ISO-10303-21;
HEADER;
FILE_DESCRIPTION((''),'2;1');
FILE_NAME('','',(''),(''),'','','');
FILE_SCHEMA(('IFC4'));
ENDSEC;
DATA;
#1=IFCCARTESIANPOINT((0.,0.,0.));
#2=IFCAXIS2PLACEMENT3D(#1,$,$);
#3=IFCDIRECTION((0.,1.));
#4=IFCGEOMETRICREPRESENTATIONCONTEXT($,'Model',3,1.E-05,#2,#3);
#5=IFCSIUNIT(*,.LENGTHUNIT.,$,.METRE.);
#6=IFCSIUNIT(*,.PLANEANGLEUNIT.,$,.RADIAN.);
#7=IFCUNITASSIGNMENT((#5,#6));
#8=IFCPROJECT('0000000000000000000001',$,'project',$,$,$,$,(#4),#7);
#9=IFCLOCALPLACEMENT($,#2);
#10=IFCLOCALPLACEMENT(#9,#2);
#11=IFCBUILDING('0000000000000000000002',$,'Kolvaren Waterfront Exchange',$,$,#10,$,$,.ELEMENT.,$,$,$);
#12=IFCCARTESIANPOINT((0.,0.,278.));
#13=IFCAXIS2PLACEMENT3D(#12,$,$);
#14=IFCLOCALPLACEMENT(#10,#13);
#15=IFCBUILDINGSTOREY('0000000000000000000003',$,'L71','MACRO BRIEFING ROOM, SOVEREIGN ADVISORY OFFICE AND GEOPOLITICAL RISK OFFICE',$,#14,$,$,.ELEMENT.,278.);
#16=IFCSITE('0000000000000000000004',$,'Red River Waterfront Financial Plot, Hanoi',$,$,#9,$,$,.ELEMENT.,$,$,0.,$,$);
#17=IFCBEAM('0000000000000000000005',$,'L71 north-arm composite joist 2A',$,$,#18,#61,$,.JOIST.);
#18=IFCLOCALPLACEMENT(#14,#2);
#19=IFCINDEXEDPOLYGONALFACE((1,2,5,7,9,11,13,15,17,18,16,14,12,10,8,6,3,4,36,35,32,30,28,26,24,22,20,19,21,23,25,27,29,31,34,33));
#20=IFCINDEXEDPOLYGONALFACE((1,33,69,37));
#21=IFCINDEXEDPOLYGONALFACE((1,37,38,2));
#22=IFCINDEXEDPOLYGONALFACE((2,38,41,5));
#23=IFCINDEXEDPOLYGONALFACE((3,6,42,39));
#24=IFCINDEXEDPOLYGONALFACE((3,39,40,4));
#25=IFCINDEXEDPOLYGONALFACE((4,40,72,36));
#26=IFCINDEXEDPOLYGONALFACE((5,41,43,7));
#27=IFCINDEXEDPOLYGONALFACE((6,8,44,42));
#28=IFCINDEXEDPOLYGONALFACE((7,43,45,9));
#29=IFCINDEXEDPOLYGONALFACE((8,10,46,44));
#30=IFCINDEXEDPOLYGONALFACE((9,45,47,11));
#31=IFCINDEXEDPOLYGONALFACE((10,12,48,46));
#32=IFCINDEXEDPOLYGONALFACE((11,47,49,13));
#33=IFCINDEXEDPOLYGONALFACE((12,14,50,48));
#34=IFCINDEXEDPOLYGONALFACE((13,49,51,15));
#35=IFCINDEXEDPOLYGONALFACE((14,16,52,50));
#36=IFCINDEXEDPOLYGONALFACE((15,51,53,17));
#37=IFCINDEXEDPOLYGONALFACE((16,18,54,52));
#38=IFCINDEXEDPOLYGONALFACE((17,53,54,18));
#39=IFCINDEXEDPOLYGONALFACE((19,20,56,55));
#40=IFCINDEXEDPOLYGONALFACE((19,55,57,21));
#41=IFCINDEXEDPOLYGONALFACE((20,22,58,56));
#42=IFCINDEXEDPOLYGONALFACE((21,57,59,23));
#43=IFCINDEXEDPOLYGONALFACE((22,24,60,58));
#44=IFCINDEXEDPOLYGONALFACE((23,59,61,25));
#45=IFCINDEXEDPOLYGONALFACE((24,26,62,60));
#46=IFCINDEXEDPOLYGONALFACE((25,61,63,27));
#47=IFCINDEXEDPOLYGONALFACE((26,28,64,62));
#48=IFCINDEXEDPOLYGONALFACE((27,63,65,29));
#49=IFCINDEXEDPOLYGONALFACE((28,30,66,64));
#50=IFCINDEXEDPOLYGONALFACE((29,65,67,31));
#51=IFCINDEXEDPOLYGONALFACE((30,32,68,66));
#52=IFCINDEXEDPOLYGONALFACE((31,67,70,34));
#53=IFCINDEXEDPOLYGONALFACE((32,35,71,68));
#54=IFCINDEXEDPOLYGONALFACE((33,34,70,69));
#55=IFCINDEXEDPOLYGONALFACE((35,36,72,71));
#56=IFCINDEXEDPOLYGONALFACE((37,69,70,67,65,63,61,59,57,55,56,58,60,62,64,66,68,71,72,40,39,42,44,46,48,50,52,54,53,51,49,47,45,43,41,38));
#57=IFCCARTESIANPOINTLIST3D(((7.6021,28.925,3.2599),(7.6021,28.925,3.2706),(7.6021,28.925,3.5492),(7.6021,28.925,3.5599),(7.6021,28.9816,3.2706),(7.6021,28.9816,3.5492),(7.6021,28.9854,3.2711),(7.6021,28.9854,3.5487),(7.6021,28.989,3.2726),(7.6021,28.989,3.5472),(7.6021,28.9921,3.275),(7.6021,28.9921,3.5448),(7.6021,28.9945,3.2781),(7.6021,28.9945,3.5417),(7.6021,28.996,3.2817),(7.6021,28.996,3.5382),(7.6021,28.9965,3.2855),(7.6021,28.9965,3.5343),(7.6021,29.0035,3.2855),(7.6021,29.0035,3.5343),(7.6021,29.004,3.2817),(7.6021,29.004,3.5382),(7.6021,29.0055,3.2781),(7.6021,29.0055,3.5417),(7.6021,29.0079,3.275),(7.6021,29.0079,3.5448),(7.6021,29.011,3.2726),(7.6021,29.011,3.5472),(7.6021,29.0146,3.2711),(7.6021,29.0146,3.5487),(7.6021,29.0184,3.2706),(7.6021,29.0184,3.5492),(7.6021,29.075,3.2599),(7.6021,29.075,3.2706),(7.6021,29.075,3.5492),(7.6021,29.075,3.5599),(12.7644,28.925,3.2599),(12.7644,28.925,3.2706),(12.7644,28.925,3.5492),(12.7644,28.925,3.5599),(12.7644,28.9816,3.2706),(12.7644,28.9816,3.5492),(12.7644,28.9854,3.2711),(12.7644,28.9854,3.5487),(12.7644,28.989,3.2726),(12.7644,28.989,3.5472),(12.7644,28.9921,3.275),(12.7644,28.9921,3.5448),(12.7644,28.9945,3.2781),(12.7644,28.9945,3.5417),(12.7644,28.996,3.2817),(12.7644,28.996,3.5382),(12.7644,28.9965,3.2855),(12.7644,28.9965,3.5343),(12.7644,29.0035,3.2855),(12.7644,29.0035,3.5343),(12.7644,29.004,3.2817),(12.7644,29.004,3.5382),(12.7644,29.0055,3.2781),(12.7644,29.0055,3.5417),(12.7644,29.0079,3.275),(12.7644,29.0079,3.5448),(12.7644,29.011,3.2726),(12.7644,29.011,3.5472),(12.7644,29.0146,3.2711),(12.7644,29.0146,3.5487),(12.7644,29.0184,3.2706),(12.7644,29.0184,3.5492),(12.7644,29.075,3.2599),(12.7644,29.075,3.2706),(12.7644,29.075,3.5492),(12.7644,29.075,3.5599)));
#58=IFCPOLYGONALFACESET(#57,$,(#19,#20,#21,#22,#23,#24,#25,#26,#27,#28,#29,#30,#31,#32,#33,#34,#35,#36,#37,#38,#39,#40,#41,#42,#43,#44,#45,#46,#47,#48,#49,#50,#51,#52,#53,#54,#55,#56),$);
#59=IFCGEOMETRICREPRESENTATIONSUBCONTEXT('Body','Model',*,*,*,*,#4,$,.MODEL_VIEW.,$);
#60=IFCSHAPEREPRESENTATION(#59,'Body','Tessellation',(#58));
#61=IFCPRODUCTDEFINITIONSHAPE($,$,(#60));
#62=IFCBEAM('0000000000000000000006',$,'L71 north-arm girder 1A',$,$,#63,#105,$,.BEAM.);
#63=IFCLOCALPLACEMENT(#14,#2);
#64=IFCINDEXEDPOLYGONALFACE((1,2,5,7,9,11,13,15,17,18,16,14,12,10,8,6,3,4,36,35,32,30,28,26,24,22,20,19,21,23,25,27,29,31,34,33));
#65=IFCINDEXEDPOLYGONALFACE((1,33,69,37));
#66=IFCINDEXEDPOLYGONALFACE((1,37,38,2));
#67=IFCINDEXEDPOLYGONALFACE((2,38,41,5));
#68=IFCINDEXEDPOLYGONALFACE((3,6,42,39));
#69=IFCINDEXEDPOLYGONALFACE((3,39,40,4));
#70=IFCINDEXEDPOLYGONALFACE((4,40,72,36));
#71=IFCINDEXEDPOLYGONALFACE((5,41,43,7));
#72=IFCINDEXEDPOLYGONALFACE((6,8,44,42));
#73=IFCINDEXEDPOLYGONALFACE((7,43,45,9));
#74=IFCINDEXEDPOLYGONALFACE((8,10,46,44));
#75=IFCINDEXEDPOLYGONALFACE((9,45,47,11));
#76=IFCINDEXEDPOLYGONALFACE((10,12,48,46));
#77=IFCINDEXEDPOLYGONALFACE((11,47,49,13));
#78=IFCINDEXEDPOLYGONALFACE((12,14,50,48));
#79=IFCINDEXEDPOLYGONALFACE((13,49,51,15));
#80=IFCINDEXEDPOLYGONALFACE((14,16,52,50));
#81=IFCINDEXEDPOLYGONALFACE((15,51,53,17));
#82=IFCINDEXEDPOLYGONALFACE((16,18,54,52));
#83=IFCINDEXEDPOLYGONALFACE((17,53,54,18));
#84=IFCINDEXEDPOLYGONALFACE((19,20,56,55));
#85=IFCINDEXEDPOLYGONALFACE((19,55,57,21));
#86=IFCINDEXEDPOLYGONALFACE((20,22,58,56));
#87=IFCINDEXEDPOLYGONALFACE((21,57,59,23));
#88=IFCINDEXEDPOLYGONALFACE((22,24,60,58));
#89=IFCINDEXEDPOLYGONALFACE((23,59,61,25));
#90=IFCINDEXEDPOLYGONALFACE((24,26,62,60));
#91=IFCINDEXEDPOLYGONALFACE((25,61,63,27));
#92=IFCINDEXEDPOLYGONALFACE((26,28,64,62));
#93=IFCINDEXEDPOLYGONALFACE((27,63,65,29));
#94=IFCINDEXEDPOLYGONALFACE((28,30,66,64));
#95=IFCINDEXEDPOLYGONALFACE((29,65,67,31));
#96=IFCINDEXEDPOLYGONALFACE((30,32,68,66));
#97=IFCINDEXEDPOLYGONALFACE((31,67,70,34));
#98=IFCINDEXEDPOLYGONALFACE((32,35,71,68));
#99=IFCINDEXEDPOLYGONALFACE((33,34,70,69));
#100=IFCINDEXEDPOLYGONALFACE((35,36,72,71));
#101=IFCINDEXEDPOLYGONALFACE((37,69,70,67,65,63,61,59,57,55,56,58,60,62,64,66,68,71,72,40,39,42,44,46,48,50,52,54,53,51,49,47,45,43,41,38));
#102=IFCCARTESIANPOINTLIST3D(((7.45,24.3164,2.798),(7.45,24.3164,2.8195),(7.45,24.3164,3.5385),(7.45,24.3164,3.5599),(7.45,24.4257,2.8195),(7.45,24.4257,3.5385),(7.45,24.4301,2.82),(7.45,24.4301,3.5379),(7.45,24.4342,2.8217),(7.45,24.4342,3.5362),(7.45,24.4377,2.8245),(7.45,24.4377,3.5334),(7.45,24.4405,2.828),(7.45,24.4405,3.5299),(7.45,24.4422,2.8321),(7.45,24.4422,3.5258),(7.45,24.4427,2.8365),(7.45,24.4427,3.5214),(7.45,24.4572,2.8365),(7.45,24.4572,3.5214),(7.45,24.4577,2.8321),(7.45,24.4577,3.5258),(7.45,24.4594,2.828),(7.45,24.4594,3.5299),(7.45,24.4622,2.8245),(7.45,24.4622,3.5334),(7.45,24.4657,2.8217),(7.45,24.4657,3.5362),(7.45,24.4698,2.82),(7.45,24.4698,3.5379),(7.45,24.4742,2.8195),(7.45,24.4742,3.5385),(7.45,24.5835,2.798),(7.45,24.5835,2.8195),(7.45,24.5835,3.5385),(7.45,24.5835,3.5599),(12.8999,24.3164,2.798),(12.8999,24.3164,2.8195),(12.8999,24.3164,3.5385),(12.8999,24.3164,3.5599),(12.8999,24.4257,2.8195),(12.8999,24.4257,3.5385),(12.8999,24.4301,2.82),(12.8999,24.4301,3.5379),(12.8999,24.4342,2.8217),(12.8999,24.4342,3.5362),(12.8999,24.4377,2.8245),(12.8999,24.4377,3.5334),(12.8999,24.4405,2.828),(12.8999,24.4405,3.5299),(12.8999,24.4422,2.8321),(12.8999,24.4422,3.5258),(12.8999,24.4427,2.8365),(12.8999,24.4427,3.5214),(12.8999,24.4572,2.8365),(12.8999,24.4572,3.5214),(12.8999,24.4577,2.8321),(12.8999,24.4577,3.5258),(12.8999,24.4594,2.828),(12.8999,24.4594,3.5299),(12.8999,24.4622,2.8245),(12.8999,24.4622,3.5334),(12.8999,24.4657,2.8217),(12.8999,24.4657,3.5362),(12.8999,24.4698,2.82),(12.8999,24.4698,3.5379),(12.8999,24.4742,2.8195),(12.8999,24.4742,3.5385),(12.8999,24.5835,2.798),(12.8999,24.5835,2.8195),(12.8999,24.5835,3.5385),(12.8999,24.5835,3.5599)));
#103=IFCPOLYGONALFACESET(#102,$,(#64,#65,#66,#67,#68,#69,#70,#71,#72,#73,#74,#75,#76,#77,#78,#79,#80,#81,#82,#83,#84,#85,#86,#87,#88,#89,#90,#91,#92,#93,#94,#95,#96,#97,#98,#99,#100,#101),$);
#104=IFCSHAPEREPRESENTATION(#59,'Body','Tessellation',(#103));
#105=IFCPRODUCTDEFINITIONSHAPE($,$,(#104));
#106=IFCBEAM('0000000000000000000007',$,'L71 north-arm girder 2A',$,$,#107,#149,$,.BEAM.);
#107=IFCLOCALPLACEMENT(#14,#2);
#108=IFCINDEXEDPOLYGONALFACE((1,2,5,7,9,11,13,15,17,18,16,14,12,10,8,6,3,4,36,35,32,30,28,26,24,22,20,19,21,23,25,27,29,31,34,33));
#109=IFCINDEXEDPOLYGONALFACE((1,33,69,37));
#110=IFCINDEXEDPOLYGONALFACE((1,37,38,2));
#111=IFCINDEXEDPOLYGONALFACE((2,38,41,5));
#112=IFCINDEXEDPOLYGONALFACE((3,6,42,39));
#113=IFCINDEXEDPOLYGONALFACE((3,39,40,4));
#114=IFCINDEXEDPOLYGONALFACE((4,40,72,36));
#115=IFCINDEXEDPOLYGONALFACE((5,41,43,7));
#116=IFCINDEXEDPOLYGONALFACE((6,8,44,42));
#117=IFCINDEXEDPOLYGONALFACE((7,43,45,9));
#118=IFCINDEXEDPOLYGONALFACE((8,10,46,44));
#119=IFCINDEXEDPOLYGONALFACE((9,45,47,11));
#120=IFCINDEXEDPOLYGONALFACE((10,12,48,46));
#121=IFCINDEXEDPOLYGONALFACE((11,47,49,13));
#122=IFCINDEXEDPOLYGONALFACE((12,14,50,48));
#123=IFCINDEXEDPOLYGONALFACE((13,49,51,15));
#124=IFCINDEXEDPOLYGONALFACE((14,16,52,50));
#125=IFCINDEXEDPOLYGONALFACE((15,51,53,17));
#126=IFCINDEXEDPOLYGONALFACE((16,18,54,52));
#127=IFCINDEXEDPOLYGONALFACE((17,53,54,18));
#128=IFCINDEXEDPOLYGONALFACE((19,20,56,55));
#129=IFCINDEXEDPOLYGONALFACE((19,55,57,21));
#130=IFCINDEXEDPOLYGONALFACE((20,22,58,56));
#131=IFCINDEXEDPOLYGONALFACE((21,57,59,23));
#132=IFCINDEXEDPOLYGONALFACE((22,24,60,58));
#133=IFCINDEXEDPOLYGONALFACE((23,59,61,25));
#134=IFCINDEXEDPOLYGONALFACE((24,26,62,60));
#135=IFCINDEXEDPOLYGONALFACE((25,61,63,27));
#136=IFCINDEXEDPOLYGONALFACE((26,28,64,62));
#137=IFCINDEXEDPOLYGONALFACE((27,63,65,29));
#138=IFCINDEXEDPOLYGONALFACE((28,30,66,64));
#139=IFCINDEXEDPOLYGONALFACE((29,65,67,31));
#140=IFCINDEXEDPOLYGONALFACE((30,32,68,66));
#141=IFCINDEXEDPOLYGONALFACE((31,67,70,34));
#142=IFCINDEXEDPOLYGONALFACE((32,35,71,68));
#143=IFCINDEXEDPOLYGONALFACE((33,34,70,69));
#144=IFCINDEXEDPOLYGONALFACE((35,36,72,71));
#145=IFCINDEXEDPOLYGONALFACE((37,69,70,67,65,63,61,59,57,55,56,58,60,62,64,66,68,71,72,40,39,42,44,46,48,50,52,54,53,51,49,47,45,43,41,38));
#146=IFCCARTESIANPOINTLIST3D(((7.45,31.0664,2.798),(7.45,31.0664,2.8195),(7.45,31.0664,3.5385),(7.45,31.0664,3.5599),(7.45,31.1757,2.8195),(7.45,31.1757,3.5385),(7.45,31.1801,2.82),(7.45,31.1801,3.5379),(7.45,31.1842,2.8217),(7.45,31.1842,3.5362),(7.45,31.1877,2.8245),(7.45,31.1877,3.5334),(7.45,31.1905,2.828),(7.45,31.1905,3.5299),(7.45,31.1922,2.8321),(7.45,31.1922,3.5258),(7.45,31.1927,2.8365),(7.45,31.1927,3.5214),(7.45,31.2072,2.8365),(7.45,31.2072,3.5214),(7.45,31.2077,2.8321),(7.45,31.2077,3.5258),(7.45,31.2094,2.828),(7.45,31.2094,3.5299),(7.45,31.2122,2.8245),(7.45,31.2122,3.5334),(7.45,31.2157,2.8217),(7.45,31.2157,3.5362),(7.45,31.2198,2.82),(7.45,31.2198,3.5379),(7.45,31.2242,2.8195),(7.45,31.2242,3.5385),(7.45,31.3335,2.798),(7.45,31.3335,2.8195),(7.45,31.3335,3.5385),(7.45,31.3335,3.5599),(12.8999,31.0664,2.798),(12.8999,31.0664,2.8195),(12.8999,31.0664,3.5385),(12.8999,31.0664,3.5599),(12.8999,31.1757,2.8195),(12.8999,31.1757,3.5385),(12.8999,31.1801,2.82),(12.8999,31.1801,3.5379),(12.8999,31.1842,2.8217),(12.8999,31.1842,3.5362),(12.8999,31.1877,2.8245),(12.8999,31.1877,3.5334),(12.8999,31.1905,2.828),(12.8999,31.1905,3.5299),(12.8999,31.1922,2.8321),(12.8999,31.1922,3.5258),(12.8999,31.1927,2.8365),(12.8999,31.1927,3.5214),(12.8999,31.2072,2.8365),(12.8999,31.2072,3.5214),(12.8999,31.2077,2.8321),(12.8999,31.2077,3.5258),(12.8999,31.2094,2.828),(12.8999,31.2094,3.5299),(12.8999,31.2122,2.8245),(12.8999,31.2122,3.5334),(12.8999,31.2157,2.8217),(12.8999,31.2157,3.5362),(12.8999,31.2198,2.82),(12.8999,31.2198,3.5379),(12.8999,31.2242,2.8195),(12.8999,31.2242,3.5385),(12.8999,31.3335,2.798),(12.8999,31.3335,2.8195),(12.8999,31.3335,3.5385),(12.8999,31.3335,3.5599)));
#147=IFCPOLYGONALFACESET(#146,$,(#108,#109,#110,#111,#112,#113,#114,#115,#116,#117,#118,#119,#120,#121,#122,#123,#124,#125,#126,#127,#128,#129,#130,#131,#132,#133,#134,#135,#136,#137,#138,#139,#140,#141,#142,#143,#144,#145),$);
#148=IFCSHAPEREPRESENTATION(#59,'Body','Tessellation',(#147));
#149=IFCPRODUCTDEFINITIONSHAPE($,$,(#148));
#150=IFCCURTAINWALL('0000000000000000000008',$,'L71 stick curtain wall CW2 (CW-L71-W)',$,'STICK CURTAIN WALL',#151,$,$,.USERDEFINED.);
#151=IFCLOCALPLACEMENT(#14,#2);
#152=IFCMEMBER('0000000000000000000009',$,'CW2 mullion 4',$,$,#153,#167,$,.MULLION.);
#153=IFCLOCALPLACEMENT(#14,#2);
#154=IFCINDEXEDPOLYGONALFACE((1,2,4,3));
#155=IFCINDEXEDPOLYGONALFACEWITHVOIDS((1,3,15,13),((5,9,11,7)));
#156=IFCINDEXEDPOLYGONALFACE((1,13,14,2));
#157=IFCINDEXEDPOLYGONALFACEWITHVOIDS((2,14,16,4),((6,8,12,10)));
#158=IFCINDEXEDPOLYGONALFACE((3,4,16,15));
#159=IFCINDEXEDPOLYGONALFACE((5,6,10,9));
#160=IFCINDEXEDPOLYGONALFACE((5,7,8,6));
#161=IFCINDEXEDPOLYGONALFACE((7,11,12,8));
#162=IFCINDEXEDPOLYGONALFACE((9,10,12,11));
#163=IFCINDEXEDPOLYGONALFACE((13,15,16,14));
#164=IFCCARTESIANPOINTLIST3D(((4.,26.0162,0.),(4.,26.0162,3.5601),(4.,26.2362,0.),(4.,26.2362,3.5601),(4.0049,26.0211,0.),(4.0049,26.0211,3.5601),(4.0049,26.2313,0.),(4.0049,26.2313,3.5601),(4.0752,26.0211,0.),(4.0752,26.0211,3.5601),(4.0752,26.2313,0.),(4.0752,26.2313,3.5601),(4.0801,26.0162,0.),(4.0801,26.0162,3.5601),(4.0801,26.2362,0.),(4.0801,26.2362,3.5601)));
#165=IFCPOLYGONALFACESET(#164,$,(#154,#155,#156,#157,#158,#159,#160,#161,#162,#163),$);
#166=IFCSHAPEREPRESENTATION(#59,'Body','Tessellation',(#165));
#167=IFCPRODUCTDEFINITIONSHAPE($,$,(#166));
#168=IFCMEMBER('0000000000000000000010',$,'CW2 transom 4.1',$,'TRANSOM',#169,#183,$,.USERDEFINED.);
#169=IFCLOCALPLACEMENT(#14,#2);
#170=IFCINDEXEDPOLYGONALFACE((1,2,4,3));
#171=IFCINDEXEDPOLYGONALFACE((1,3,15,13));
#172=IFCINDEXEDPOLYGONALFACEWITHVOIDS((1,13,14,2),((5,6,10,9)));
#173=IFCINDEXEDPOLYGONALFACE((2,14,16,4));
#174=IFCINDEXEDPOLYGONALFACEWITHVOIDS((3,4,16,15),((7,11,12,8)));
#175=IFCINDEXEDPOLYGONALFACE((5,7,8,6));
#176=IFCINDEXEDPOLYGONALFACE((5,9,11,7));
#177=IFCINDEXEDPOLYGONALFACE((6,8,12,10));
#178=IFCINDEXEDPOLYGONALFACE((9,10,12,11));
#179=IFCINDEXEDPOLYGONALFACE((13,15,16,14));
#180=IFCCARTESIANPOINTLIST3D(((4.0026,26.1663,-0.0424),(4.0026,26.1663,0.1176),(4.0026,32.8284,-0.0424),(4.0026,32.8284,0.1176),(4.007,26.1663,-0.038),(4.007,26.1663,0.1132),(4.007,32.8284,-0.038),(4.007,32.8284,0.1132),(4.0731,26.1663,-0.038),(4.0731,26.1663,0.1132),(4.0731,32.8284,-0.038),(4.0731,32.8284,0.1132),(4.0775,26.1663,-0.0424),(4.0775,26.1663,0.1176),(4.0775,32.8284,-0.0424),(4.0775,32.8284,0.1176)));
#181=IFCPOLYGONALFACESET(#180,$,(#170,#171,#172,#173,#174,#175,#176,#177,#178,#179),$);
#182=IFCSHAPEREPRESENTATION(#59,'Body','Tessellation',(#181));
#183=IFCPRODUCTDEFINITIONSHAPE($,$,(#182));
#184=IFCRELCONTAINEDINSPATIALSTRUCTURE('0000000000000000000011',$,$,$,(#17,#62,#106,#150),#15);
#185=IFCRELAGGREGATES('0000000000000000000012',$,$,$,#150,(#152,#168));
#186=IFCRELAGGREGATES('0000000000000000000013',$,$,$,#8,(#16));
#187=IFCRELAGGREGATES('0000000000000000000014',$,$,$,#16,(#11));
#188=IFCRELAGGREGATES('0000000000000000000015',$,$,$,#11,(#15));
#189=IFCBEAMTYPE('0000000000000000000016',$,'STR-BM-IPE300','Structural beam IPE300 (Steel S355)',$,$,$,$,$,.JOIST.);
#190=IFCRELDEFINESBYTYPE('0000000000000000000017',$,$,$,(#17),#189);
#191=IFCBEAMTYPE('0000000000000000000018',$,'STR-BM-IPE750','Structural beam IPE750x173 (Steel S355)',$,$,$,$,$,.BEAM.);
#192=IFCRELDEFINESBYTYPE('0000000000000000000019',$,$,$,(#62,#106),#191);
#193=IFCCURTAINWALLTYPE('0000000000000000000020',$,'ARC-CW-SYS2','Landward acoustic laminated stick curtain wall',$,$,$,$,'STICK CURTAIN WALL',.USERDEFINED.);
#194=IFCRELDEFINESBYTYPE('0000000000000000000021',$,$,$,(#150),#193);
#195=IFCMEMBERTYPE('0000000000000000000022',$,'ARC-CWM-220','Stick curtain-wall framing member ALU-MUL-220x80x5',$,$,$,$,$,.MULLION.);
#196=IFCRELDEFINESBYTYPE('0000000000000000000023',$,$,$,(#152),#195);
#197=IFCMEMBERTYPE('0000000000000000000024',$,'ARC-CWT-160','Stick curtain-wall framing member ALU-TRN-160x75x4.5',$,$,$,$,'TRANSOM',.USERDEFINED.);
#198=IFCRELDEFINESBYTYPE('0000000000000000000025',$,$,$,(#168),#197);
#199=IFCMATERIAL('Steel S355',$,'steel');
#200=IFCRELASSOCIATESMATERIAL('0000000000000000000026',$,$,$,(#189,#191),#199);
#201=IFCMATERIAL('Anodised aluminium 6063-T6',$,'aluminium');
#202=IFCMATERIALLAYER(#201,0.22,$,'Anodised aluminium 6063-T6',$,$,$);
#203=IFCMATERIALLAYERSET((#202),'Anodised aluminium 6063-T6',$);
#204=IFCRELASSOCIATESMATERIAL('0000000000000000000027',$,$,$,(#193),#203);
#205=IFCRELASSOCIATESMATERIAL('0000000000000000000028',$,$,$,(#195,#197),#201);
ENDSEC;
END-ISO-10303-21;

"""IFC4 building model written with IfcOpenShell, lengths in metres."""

from ifc_helpers import new_model, si_unit, direction, frame, origin, origin_with_axes, origin_2d, place, context, subcontext, project, spatial, hollow_rectangle, i_section, extrude, source, transform, mapped, material, layer, layer_set, material_profile, profile_set, type_object, element, aggregate, save


model = new_model("IFC4")

# Units and contexts
model_context = context("Model", 3, precision=1e-05, world=origin(), true_north=direction((0.0, 1.0)))
body_context = subcontext(model_context, "Body", "Model", "MODEL_VIEW")
ifc_project = project(units=[si_unit("LENGTHUNIT", "METRE"), si_unit("PLANEANGLEUNIT", "RADIAN")], contexts=[model_context])

# Site, building, storey
site_placement = place(None, origin())
site = spatial("IfcSite", under=ifc_project, at=site_placement, Name="Red River Waterfront Financial Plot, Hanoi", CompositionType="ELEMENT", RefElevation=0.0)
building_placement = place(site_placement, origin())
building = spatial("IfcBuilding", under=site, at=building_placement, Name="Kolvaren Waterfront Exchange", CompositionType="ELEMENT")
storey_placement = place(building_placement, frame((0.0, 0.0, 278.0)))
storey = spatial("IfcBuildingStorey", under=building, at=storey_placement, Name="L71", Description="MACRO BRIEFING ROOM, SOVEREIGN ADVISORY OFFICE AND GEOPOLITICAL RISK OFFICE", CompositionType="ELEMENT", Elevation=278.0)

# Beams
ifc_material_1 = material(Name="Steel S355", Category="steel")
ifc_material_profile_1 = material_profile(ifc_material_1, i_section(OverallWidth=0.1499, OverallDepth=0.3, WebThickness=0.0071, FlangeThickness=0.0107, FilletRadius=0.0149, at=origin_2d()), Name="IPE300")
ifc_profile_set_1 = profile_set([ifc_material_profile_1], Name="Steel S355")
beam_type_1 = type_object("IfcBeamType", Name="STR-BM-IPE300", Description="Structural beam IPE300 (Steel S355)", PredefinedType="JOIST", material=ifc_profile_set_1)
for number, where, z_axis, x_axis, name in (
    (1, (7.6021, 29.0, 3.4099), (1.0, 0.0, 0.0), (0.0, 1.0, 0.0), "L71 north-arm composite joist 2A"),
):
    element("IfcBeam", number, at=place(storey_placement, frame(where, z_axis=z_axis, x_axis=x_axis)), inside=storey, type_object=beam_type_1, Name=name, PredefinedType="JOIST", context=body_context, shape_type="SweptSolid", body=[
        extrude(i_section(OverallWidth=0.1499, OverallDepth=0.3, WebThickness=0.0071, FlangeThickness=0.0107, FilletRadius=0.0149, at=origin_2d()), origin(), (0.0, 0.0, 1.0), 5.1624),
    ])
ifc_material_profile_2 = material_profile(ifc_material_1, i_section(OverallWidth=0.2671, OverallDepth=0.762, WebThickness=0.0144, FlangeThickness=0.0215, FilletRadius=0.0171, at=origin_2d()), Name="IPE750x173")
ifc_profile_set_2 = profile_set([ifc_material_profile_2], Name="Steel S355")
beam_type_2 = type_object("IfcBeamType", Name="STR-BM-IPE750", Description="Structural beam IPE750x173 (Steel S355)", PredefinedType="BEAM", material=ifc_profile_set_2)
for number, where, z_axis, x_axis, name in (
    (2, (7.45, 24.45, 3.179), (1.0, 0.0, 0.0), (0.0, 1.0, 0.0), "L71 north-arm girder 1A"),
    (3, (7.45, 31.2, 3.179), (1.0, 0.0, 0.0), (0.0, 1.0, 0.0), "L71 north-arm girder 2A"),
):
    element("IfcBeam", number, at=place(storey_placement, frame(where, z_axis=z_axis, x_axis=x_axis)), inside=storey, type_object=beam_type_2, Name=name, PredefinedType="BEAM", context=body_context, shape_type="SweptSolid", body=[
        extrude(i_section(OverallWidth=0.2671, OverallDepth=0.762, WebThickness=0.0144, FlangeThickness=0.0215, FilletRadius=0.0171, at=origin_2d()), origin(), (0.0, 0.0, 1.0), 5.45),
    ])

# Curtain wall, members
ifc_material_2 = material(Name="Anodised aluminium 6063-T6", Category="aluminium")
ifc_layer_1 = layer(ifc_material_2, 0.22, Name="Anodised aluminium 6063-T6")
ifc_layer_set_1 = layer_set([ifc_layer_1], Name="Anodised aluminium 6063-T6")
curtain_wall_type = type_object("IfcCurtainWallType", Name="ARC-CW-SYS2", Description="Landward acoustic laminated stick curtain wall", ElementType="STICK CURTAIN WALL", PredefinedType="USERDEFINED", material=ifc_layer_set_1)
curtain_wall_placement = place(storey_placement, origin())
curtain_wall = element("IfcCurtainWall", 4, at=curtain_wall_placement, inside=storey, type_object=curtain_wall_type, Name="L71 stick curtain wall CW2 (CW-L71-W)", ObjectType="STICK CURTAIN WALL", PredefinedType="USERDEFINED")
ifc_material_profile_3 = material_profile(ifc_material_2, hollow_rectangle(XDim=0.0801, YDim=0.22, WallThickness=0.0049, at=origin_2d()), Name="ALU-MUL-220x80x5")
ifc_profile_set_3 = profile_set([ifc_material_profile_3], Name="Anodised aluminium 6063-T6")
member_type_1 = type_object("IfcMemberType", Name="ARC-CWM-220", Description="Stick curtain-wall framing member ALU-MUL-220x80x5", PredefinedType="MULLION", material=ifc_profile_set_3)
shared_shape_1 = source(origin_with_axes(), body_context, "Body", "SweptSolid", [
    extrude(hollow_rectangle(XDim=0.0801, YDim=0.22, WallThickness=0.0049, at=origin_2d()), origin(), (0.0, 0.0, 1.0), 3.5601),
])
member_1_placement = place(storey_placement, frame((4.04, 26.1262, 0.0), z_axis=(0.0, 0.0, 1.0), x_axis=(-1.0, 0.0, 0.0)))
member_1 = element("IfcMember", 5, at=member_1_placement, type_object=member_type_1, Name="CW2 mullion 4", PredefinedType="MULLION", context=body_context, shape_type="MappedRepresentation", body=[
    mapped(shared_shape_1, transform((0.0, 0.0, 0.0), x_axis=(1.0, 0.0, 0.0), y_axis=(0.0, 1.0, 0.0), z_axis=(0.0, 0.0, 1.0), scale=1.0)),
])
ifc_material_profile_4 = material_profile(ifc_material_2, hollow_rectangle(XDim=0.075, YDim=0.1599, WallThickness=0.0044, at=origin_2d()), Name="ALU-TRN-160x75x4.5")
ifc_profile_set_4 = profile_set([ifc_material_profile_4], Name="Anodised aluminium 6063-T6")
member_type_2 = type_object("IfcMemberType", Name="ARC-CWT-160", Description="Stick curtain-wall framing member ALU-TRN-160x75x4.5", ElementType="TRANSOM", PredefinedType="USERDEFINED", material=ifc_profile_set_4)
shared_shape_2 = source(origin_with_axes(), body_context, "Body", "SweptSolid", [
    extrude(hollow_rectangle(XDim=0.075, YDim=0.1599, WallThickness=0.0044, at=origin_2d()), origin(), (0.0, 0.0, 1.0), 6.6621),
])
member_2_placement = place(storey_placement, frame((4.04, 26.1663, 0.0376), z_axis=(0.0, 1.0, 0.0), x_axis=(-1.0, 0.0, 0.0)))
member_2 = element("IfcMember", 6, at=member_2_placement, type_object=member_type_2, Name="CW2 transom 4.1", ObjectType="TRANSOM", PredefinedType="USERDEFINED", context=body_context, shape_type="MappedRepresentation", body=[
    mapped(shared_shape_2, transform((0.0, 0.0, 0.0), x_axis=(1.0, 0.0, 0.0), y_axis=(0.0, 1.0, 0.0), z_axis=(0.0, 0.0, 1.0), scale=1.0)),
])
aggregate(curtain_wall, [member_1, member_2])

save(model, "model.ifc")
